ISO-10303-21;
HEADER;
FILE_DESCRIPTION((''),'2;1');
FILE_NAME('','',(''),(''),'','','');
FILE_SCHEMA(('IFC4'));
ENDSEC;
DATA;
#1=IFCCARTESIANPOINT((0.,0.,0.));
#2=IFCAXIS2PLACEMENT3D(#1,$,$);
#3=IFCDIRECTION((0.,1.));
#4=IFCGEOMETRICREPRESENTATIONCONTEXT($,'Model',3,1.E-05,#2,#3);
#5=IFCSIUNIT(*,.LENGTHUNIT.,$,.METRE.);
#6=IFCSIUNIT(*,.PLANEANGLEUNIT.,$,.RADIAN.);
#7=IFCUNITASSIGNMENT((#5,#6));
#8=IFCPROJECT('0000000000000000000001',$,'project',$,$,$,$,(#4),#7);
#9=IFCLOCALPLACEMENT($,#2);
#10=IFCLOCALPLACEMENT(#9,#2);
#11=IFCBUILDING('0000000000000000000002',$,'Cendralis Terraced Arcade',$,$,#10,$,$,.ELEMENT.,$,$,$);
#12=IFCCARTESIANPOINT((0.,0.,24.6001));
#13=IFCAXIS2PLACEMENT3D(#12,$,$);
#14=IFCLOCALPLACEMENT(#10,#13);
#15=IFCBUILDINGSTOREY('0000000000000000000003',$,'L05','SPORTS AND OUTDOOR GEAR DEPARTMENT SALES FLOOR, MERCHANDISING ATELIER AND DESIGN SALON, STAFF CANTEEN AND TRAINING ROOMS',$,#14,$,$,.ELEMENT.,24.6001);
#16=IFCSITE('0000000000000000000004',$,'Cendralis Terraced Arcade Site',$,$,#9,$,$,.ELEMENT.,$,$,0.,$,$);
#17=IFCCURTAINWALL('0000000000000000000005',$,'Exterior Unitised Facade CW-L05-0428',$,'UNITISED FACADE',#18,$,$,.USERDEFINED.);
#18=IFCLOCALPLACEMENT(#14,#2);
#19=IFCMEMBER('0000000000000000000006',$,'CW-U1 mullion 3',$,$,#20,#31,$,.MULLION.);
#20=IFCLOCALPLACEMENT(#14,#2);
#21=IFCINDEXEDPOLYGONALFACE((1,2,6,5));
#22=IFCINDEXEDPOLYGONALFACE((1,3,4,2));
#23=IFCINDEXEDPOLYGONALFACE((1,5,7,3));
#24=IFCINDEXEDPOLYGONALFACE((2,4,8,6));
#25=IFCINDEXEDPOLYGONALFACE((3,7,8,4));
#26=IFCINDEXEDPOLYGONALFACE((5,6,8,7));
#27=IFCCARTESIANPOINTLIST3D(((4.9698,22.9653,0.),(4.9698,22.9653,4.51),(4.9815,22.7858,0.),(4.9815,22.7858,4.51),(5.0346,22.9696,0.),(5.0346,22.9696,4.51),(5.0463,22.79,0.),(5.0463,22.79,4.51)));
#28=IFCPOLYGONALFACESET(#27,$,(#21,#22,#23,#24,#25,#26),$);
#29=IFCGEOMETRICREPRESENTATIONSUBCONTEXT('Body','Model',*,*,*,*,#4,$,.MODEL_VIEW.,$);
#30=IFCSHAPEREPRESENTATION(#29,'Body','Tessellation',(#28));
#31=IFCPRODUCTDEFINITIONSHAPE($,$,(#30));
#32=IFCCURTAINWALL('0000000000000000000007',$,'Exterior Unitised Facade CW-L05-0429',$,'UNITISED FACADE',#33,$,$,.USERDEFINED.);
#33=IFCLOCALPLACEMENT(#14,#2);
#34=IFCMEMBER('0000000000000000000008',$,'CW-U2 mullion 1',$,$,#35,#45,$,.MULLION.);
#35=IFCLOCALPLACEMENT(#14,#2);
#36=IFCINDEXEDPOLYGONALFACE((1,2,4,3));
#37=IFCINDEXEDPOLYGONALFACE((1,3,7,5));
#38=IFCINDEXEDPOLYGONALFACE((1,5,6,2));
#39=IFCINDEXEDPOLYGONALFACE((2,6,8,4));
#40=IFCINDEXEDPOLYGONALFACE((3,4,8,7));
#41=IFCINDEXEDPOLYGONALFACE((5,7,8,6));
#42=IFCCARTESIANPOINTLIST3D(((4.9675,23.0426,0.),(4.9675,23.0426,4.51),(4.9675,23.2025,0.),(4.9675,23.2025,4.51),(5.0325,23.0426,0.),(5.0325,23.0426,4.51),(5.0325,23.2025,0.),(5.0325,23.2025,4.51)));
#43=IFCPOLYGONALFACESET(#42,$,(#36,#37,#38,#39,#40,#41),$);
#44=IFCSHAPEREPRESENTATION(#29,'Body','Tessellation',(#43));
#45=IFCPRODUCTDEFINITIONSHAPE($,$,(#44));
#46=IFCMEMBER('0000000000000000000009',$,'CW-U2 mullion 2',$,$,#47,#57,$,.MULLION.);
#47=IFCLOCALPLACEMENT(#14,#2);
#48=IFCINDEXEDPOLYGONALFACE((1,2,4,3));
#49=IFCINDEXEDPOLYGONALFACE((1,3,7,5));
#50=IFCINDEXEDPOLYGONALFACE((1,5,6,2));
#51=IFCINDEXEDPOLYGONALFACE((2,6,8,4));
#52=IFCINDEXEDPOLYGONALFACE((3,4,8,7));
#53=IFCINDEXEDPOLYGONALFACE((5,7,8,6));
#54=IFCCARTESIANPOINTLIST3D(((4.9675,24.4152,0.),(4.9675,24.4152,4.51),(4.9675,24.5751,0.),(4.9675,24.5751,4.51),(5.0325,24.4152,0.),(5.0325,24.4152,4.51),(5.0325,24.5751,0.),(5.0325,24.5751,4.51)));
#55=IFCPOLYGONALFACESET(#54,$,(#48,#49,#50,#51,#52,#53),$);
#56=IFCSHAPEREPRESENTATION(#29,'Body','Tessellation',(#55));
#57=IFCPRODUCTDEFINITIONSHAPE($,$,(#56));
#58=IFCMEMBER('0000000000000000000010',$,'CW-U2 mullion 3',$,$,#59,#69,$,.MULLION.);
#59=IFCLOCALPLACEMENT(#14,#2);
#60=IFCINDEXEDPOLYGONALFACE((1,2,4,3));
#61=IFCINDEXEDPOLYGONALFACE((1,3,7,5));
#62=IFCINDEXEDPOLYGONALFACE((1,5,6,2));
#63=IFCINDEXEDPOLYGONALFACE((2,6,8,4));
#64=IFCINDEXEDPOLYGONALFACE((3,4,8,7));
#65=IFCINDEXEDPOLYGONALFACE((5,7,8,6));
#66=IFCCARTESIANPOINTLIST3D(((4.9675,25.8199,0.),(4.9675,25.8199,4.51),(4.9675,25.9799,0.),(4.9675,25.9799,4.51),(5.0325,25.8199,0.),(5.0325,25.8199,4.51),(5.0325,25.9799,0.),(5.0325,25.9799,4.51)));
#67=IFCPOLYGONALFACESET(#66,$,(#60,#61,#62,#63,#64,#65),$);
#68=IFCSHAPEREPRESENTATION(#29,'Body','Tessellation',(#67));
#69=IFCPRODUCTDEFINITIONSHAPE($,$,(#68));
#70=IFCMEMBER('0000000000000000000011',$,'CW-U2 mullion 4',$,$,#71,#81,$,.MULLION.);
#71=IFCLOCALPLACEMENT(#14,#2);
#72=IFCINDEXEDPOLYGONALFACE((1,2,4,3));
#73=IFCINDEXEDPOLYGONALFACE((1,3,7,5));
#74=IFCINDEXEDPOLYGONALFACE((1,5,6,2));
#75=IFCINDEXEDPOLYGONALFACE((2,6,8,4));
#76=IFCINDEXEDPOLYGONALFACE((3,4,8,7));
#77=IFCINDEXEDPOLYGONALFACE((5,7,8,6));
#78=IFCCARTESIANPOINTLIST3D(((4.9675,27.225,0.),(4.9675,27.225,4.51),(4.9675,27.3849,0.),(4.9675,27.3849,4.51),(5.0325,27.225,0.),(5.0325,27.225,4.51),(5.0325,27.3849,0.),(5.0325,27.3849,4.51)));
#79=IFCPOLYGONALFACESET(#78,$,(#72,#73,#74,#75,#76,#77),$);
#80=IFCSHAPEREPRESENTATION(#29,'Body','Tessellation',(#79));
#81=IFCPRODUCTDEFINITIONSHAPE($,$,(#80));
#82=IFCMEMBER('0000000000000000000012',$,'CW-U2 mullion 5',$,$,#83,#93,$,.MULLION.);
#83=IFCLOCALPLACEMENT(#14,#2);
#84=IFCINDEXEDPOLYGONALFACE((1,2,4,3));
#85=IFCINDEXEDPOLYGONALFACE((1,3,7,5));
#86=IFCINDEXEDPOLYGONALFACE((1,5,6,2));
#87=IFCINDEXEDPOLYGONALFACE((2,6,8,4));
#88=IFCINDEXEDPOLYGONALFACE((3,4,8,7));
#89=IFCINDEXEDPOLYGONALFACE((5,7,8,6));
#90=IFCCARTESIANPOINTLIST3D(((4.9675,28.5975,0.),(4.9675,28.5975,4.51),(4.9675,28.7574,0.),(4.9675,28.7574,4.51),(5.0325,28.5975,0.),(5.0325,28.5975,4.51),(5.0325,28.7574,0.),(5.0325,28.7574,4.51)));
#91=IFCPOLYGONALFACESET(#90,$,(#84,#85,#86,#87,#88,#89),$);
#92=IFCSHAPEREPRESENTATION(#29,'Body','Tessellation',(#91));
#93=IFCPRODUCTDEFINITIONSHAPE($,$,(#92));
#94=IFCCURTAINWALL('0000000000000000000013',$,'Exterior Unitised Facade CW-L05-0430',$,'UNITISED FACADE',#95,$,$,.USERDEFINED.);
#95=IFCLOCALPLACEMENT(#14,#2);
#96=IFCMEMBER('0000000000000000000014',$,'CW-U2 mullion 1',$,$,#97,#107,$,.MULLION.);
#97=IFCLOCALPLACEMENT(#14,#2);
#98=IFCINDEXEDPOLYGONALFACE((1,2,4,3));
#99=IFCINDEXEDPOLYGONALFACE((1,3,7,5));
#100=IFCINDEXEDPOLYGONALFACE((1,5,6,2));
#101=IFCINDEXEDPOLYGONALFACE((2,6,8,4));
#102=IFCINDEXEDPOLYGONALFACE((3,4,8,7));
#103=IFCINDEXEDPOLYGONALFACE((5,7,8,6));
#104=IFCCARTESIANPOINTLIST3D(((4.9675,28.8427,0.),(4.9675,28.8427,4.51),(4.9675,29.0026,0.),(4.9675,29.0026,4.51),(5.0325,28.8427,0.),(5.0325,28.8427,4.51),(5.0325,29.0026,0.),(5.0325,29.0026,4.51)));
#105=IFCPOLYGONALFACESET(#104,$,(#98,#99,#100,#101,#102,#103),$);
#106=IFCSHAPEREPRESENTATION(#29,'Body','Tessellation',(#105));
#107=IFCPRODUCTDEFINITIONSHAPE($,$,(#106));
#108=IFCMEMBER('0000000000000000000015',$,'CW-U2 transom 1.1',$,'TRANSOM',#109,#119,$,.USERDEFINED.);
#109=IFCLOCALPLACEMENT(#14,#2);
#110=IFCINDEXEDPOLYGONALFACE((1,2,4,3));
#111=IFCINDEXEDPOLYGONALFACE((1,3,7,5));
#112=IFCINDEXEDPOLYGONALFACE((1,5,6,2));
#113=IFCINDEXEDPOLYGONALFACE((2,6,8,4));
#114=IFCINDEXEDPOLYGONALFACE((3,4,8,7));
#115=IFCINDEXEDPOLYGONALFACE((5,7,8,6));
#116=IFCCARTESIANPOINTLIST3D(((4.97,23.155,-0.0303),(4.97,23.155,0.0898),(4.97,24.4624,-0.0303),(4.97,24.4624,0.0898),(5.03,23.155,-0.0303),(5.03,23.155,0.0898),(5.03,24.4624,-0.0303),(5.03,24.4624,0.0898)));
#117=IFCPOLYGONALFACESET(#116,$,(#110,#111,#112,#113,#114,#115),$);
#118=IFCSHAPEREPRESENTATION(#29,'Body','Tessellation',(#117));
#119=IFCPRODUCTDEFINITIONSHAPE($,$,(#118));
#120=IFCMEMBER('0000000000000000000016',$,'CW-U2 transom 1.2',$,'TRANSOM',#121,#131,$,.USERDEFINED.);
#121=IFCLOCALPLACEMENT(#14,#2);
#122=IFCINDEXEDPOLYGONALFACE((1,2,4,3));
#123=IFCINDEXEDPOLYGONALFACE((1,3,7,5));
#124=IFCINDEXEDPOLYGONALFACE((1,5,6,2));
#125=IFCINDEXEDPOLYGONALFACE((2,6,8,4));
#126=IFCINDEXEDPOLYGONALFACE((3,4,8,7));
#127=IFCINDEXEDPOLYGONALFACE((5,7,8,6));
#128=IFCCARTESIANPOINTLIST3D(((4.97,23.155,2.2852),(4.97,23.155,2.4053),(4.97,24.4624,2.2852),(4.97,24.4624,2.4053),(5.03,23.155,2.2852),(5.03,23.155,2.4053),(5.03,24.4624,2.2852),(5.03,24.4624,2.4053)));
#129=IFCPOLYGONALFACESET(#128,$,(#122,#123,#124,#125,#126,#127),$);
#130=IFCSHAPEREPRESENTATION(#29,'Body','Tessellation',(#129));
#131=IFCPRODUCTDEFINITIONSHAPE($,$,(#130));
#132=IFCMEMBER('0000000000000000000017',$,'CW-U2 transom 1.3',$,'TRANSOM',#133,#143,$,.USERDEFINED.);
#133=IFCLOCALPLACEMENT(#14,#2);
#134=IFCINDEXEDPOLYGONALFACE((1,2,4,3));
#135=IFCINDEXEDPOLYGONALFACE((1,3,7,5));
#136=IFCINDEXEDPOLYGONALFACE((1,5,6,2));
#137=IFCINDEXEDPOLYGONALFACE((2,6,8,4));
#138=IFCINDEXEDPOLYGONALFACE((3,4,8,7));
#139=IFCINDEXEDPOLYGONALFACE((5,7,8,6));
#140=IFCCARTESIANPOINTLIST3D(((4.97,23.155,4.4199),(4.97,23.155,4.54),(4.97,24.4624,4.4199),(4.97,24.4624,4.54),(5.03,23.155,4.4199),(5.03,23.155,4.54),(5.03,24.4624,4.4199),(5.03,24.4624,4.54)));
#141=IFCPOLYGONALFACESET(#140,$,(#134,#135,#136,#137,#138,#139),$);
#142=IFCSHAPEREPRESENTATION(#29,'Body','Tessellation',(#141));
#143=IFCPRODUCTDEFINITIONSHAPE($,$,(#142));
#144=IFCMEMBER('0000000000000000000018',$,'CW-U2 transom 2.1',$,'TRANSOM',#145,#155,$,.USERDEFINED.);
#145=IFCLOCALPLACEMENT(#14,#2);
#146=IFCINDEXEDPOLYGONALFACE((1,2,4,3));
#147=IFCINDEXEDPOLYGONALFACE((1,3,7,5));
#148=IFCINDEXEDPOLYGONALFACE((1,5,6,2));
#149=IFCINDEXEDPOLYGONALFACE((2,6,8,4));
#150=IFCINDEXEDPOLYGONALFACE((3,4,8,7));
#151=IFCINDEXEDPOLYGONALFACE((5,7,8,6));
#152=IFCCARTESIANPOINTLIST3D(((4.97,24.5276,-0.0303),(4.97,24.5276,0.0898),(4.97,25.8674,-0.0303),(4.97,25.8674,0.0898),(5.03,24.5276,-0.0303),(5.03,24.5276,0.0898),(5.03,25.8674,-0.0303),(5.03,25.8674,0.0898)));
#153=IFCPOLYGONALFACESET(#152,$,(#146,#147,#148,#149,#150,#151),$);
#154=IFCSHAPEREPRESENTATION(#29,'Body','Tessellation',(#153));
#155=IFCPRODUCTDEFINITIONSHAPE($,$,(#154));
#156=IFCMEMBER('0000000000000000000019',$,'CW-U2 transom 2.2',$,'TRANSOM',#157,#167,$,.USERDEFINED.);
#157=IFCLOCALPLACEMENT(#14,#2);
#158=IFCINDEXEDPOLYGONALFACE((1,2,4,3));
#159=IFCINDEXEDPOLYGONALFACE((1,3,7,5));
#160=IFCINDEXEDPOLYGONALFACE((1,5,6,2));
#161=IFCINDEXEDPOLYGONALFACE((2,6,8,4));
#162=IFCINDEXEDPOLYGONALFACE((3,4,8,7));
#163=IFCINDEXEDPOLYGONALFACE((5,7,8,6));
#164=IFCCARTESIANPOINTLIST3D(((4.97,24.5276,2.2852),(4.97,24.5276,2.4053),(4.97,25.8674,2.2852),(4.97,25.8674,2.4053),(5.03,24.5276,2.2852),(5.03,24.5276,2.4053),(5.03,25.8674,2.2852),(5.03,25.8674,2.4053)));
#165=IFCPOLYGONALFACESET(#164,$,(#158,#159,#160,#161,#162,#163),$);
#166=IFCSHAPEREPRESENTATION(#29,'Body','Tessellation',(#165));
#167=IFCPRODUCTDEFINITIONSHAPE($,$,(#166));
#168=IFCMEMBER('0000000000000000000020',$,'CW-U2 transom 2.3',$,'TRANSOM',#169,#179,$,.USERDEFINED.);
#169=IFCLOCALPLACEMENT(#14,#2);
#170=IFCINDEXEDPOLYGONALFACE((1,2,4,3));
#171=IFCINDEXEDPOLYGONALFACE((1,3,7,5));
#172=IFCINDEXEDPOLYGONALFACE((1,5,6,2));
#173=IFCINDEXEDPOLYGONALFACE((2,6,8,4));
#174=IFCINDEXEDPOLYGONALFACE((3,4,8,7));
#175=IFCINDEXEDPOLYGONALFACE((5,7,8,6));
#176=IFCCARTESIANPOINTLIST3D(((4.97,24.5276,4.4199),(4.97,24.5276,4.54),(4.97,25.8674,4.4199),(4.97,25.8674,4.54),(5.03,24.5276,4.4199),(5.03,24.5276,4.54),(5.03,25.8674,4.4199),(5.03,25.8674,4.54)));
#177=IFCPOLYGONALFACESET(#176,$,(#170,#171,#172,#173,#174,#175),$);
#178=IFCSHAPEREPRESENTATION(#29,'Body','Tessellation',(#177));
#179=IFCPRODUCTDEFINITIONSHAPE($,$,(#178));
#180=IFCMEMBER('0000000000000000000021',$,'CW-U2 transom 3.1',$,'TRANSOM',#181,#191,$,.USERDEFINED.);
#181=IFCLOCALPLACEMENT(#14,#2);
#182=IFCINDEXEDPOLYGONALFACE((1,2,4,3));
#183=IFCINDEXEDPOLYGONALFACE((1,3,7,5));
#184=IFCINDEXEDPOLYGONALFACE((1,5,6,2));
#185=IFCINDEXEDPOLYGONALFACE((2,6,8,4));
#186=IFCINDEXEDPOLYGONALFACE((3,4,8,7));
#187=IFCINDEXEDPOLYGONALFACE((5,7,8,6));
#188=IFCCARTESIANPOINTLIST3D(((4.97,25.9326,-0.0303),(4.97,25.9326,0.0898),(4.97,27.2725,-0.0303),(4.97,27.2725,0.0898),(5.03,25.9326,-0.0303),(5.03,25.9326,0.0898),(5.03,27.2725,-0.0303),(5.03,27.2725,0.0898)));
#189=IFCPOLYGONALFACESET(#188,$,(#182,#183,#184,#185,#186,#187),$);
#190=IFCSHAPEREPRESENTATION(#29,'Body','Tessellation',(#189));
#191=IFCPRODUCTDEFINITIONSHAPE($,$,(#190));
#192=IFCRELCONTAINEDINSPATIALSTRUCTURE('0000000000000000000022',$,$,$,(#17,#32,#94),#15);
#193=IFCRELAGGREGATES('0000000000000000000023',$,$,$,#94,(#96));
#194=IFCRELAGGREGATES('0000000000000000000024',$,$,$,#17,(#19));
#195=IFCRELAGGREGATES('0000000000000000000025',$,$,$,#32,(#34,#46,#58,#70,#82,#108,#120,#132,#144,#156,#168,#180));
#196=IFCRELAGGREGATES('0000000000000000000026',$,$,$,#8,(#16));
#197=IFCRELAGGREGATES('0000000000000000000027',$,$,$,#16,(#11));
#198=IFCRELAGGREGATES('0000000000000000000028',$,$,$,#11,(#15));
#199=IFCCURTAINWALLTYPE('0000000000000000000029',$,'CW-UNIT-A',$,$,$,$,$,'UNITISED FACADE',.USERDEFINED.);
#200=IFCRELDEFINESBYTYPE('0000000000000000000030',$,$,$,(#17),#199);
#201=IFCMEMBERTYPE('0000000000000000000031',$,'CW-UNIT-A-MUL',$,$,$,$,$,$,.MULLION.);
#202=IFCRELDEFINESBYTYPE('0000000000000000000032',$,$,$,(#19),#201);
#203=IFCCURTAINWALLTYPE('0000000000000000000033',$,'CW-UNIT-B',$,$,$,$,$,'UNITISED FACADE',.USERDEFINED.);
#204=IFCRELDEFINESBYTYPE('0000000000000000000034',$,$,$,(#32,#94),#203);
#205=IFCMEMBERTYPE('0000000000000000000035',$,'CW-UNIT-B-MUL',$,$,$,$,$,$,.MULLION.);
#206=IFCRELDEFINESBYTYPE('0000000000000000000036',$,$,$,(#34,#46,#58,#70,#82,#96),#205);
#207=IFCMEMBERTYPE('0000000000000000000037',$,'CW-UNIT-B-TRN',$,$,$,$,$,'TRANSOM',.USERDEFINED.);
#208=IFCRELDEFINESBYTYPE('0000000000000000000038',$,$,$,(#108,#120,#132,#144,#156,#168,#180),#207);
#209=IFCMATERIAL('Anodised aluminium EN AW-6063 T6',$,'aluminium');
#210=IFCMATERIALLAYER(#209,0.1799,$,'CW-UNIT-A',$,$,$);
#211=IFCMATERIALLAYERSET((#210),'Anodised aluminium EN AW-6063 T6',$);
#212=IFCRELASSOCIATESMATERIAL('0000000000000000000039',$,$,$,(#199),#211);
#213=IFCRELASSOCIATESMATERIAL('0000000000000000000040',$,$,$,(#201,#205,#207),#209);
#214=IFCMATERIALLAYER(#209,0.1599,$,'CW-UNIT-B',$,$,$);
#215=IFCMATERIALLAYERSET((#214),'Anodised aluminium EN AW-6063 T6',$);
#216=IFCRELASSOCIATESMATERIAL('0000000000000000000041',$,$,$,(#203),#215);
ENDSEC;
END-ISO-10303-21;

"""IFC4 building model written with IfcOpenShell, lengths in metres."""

from ifc_helpers import new_model, si_unit, direction, frame, origin, origin_2d, place, context, subcontext, project, spatial, rectangle, extrude, material, layer, layer_set, material_profile, profile_set, type_object, element, aggregate, save


model = new_model("IFC4")

# Units and contexts
model_context = context("Model", 3, precision=1e-05, world=origin(), true_north=direction((0.0, 1.0)))
body_context = subcontext(model_context, "Body", "Model", "MODEL_VIEW")
ifc_project = project(units=[si_unit("LENGTHUNIT", "METRE"), si_unit("PLANEANGLEUNIT", "RADIAN")], contexts=[model_context])

# Site, building, storey
site_placement = place(None, origin())
site = spatial("IfcSite", under=ifc_project, at=site_placement, Name="Cendralis Terraced Arcade Site", CompositionType="ELEMENT", RefElevation=0.0)
building_placement = place(site_placement, origin())
building = spatial("IfcBuilding", under=site, at=building_placement, Name="Cendralis Terraced Arcade", CompositionType="ELEMENT")
storey_placement = place(building_placement, frame((0.0, 0.0, 24.6001)))
storey = spatial("IfcBuildingStorey", under=building, at=storey_placement, Name="L05", Description="SPORTS AND OUTDOOR GEAR DEPARTMENT SALES FLOOR, MERCHANDISING ATELIER AND DESIGN SALON, STAFF CANTEEN AND TRAINING ROOMS", CompositionType="ELEMENT", Elevation=24.6001)

# Curtain wall, member
ifc_material_1 = material(Name="Anodised aluminium EN AW-6063 T6", Category="aluminium")
ifc_layer_1 = layer(ifc_material_1, 0.1799, Name="CW-UNIT-A")
ifc_layer_set_1 = layer_set([ifc_layer_1], Name="Anodised aluminium EN AW-6063 T6")
curtain_wall_type_1 = type_object("IfcCurtainWallType", Name="CW-UNIT-A", ElementType="UNITISED FACADE", PredefinedType="USERDEFINED", material=ifc_layer_set_1)
curtain_wall_1_placement = place(storey_placement, origin())
curtain_wall_1 = element("IfcCurtainWall", 1, at=curtain_wall_1_placement, inside=storey, type_object=curtain_wall_type_1, Name="Exterior Unitised Facade CW-L05-0428", ObjectType="UNITISED FACADE", PredefinedType="USERDEFINED")
ifc_material_profile_1 = material_profile(ifc_material_1, rectangle(XDim=0.0649, YDim=0.1799, at=origin_2d()), Name="ALU-MUL-65x180")
ifc_profile_set_1 = profile_set([ifc_material_profile_1], Name="Anodised aluminium EN AW-6063 T6")
member_type_1 = type_object("IfcMemberType", Name="CW-UNIT-A-MUL", PredefinedType="MULLION", material=ifc_profile_set_1)
member_1_placement = place(storey_placement, frame((5.0081, 22.8777, 0.0), z_axis=(0.0, 0.0, 1.0), x_axis=(-0.99786, -0.065393, 0.0)))
member_1 = element("IfcMember", 2, at=member_1_placement, type_object=member_type_1, Name="CW-U1 mullion 3", PredefinedType="MULLION", context=body_context, shape_type="SweptSolid", body=[
    extrude(rectangle(XDim=0.0649, YDim=0.1799, at=origin_2d()), origin(), (0.0, 0.0, 1.0), 4.51),
])

# Curtain wall, members
ifc_layer_2 = layer(ifc_material_1, 0.1599, Name="CW-UNIT-B")
ifc_layer_set_2 = layer_set([ifc_layer_2], Name="Anodised aluminium EN AW-6063 T6")
curtain_wall_type_2 = type_object("IfcCurtainWallType", Name="CW-UNIT-B", ElementType="UNITISED FACADE", PredefinedType="USERDEFINED", material=ifc_layer_set_2)
curtain_wall_2_placement = place(storey_placement, origin())
curtain_wall_2 = element("IfcCurtainWall", 3, at=curtain_wall_2_placement, inside=storey, type_object=curtain_wall_type_2, Name="Exterior Unitised Facade CW-L05-0429", ObjectType="UNITISED FACADE", PredefinedType="USERDEFINED")
ifc_material_profile_2 = material_profile(ifc_material_1, rectangle(XDim=0.0649, YDim=0.1599, at=origin_2d()), Name="ALU-MUL-65x160")
ifc_profile_set_2 = profile_set([ifc_material_profile_2], Name="Anodised aluminium EN AW-6063 T6")
member_type_2 = type_object("IfcMemberType", Name="CW-UNIT-B-MUL", PredefinedType="MULLION", material=ifc_profile_set_2)
member_2_placement = place(storey_placement, frame((5.0, 23.1226, 0.0), z_axis=(0.0, 0.0, 1.0), x_axis=(-1.0, 0.0, 0.0)))
member_2 = element("IfcMember", 4, at=member_2_placement, type_object=member_type_2, Name="CW-U2 mullion 1", PredefinedType="MULLION", context=body_context, shape_type="SweptSolid", body=[
    extrude(rectangle(XDim=0.0649, YDim=0.1599, at=origin_2d()), origin(), (0.0, 0.0, 1.0), 4.51),
])
member_3_placement = place(storey_placement, frame((5.0, 24.4951, 0.0), z_axis=(0.0, 0.0, 1.0), x_axis=(-1.0, 0.0, 0.0)))
member_3 = element("IfcMember", 5, at=member_3_placement, type_object=member_type_2, Name="CW-U2 mullion 2", PredefinedType="MULLION", context=body_context, shape_type="SweptSolid", body=[
    extrude(rectangle(XDim=0.0649, YDim=0.1599, at=origin_2d()), origin(), (0.0, 0.0, 1.0), 4.51),
])
member_4_placement = place(storey_placement, frame((5.0, 25.8999, 0.0), z_axis=(0.0, 0.0, 1.0), x_axis=(-1.0, 0.0, 0.0)))
member_4 = element("IfcMember", 6, at=member_4_placement, type_object=member_type_2, Name="CW-U2 mullion 3", PredefinedType="MULLION", context=body_context, shape_type="SweptSolid", body=[
    extrude(rectangle(XDim=0.0649, YDim=0.1599, at=origin_2d()), origin(), (0.0, 0.0, 1.0), 4.51),
])
member_5_placement = place(storey_placement, frame((5.0, 27.3049, 0.0), z_axis=(0.0, 0.0, 1.0), x_axis=(-1.0, 0.0, 0.0)))
member_5 = element("IfcMember", 7, at=member_5_placement, type_object=member_type_2, Name="CW-U2 mullion 4", PredefinedType="MULLION", context=body_context, shape_type="SweptSolid", body=[
    extrude(rectangle(XDim=0.0649, YDim=0.1599, at=origin_2d()), origin(), (0.0, 0.0, 1.0), 4.51),
])
member_6_placement = place(storey_placement, frame((5.0, 28.6775, 0.0), z_axis=(0.0, 0.0, 1.0), x_axis=(-1.0, 0.0, 0.0)))
member_6 = element("IfcMember", 8, at=member_6_placement, type_object=member_type_2, Name="CW-U2 mullion 5", PredefinedType="MULLION", context=body_context, shape_type="SweptSolid", body=[
    extrude(rectangle(XDim=0.0649, YDim=0.1599, at=origin_2d()), origin(), (0.0, 0.0, 1.0), 4.51),
])

# Curtain wall, member
curtain_wall_3_placement = place(storey_placement, origin())
curtain_wall_3 = element("IfcCurtainWall", 9, at=curtain_wall_3_placement, inside=storey, type_object=curtain_wall_type_2, Name="Exterior Unitised Facade CW-L05-0430", ObjectType="UNITISED FACADE", PredefinedType="USERDEFINED")
member_7_placement = place(storey_placement, frame((5.0, 28.9226, 0.0), z_axis=(0.0, 0.0, 1.0), x_axis=(-1.0, 0.0, 0.0)))
member_7 = element("IfcMember", 10, at=member_7_placement, type_object=member_type_2, Name="CW-U2 mullion 1", PredefinedType="MULLION", context=body_context, shape_type="SweptSolid", body=[
    extrude(rectangle(XDim=0.0649, YDim=0.1599, at=origin_2d()), origin(), (0.0, 0.0, 1.0), 4.51),
])

# Members
ifc_material_profile_3 = material_profile(ifc_material_1, rectangle(XDim=0.0601, YDim=0.1201, at=origin_2d()), Name="ALU-TRN-60x120")
ifc_profile_set_3 = profile_set([ifc_material_profile_3], Name="Anodised aluminium EN AW-6063 T6")
member_type_3 = type_object("IfcMemberType", Name="CW-UNIT-B-TRN", ElementType="TRANSOM", PredefinedType="USERDEFINED", material=ifc_profile_set_3)
member_8_placement = place(storey_placement, frame((5.0, 23.155, 0.0298), z_axis=(0.0, 1.0, 0.0), x_axis=(-1.0, 0.0, 0.0)))
member_8 = element("IfcMember", 11, at=member_8_placement, type_object=member_type_3, Name="CW-U2 transom 1.1", ObjectType="TRANSOM", PredefinedType="USERDEFINED", context=body_context, shape_type="SweptSolid", body=[
    extrude(rectangle(XDim=0.0601, YDim=0.1201, at=origin_2d()), origin(), (0.0, 0.0, 1.0), 1.3074),
])
member_9_placement = place(storey_placement, frame((5.0, 23.155, 2.3452), z_axis=(0.0, 1.0, 0.0), x_axis=(-1.0, 0.0, 0.0)))
member_9 = element("IfcMember", 12, at=member_9_placement, type_object=member_type_3, Name="CW-U2 transom 1.2", ObjectType="TRANSOM", PredefinedType="USERDEFINED", context=body_context, shape_type="SweptSolid", body=[
    extrude(rectangle(XDim=0.0601, YDim=0.1201, at=origin_2d()), origin(), (0.0, 0.0, 1.0), 1.3074),
])
member_10_placement = place(storey_placement, frame((5.0, 23.155, 4.48), z_axis=(0.0, 1.0, 0.0), x_axis=(-1.0, 0.0, 0.0)))
member_10 = element("IfcMember", 13, at=member_10_placement, type_object=member_type_3, Name="CW-U2 transom 1.3", ObjectType="TRANSOM", PredefinedType="USERDEFINED", context=body_context, shape_type="SweptSolid", body=[
    extrude(rectangle(XDim=0.0601, YDim=0.1201, at=origin_2d()), origin(), (0.0, 0.0, 1.0), 1.3074),
])
member_11_placement = place(storey_placement, frame((5.0, 24.5276, 0.0298), z_axis=(0.0, 1.0, 0.0), x_axis=(-1.0, 0.0, 0.0)))
member_11 = element("IfcMember", 14, at=member_11_placement, type_object=member_type_3, Name="CW-U2 transom 2.1", ObjectType="TRANSOM", PredefinedType="USERDEFINED", context=body_context, shape_type="SweptSolid", body=[
    extrude(rectangle(XDim=0.0601, YDim=0.1201, at=origin_2d()), origin(), (0.0, 0.0, 1.0), 1.3398),
])
member_12_placement = place(storey_placement, frame((5.0, 24.5276, 2.3452), z_axis=(0.0, 1.0, 0.0), x_axis=(-1.0, 0.0, 0.0)))
member_12 = element("IfcMember", 15, at=member_12_placement, type_object=member_type_3, Name="CW-U2 transom 2.2", ObjectType="TRANSOM", PredefinedType="USERDEFINED", context=body_context, shape_type="SweptSolid", body=[
    extrude(rectangle(XDim=0.0601, YDim=0.1201, at=origin_2d()), origin(), (0.0, 0.0, 1.0), 1.3398),
])
member_13_placement = place(storey_placement, frame((5.0, 24.5276, 4.48), z_axis=(0.0, 1.0, 0.0), x_axis=(-1.0, 0.0, 0.0)))
member_13 = element("IfcMember", 16, at=member_13_placement, type_object=member_type_3, Name="CW-U2 transom 2.3", ObjectType="TRANSOM", PredefinedType="USERDEFINED", context=body_context, shape_type="SweptSolid", body=[
    extrude(rectangle(XDim=0.0601, YDim=0.1201, at=origin_2d()), origin(), (0.0, 0.0, 1.0), 1.3398),
])
member_14_placement = place(storey_placement, frame((5.0, 25.9326, 0.0298), z_axis=(0.0, 1.0, 0.0), x_axis=(-1.0, 0.0, 0.0)))
member_14 = element("IfcMember", 17, at=member_14_placement, type_object=member_type_3, Name="CW-U2 transom 3.1", ObjectType="TRANSOM", PredefinedType="USERDEFINED", context=body_context, shape_type="SweptSolid", body=[
    extrude(rectangle(XDim=0.0601, YDim=0.1201, at=origin_2d()), origin(), (0.0, 0.0, 1.0), 1.3398),
])
aggregate(curtain_wall_3, [member_7])

aggregate(curtain_wall_1, [member_1])
aggregate(curtain_wall_2, [member_2, member_3, member_4, member_5, member_6, member_8, member_9, member_10, member_11, member_12, member_13, member_14])

save(model, "model.ifc")
